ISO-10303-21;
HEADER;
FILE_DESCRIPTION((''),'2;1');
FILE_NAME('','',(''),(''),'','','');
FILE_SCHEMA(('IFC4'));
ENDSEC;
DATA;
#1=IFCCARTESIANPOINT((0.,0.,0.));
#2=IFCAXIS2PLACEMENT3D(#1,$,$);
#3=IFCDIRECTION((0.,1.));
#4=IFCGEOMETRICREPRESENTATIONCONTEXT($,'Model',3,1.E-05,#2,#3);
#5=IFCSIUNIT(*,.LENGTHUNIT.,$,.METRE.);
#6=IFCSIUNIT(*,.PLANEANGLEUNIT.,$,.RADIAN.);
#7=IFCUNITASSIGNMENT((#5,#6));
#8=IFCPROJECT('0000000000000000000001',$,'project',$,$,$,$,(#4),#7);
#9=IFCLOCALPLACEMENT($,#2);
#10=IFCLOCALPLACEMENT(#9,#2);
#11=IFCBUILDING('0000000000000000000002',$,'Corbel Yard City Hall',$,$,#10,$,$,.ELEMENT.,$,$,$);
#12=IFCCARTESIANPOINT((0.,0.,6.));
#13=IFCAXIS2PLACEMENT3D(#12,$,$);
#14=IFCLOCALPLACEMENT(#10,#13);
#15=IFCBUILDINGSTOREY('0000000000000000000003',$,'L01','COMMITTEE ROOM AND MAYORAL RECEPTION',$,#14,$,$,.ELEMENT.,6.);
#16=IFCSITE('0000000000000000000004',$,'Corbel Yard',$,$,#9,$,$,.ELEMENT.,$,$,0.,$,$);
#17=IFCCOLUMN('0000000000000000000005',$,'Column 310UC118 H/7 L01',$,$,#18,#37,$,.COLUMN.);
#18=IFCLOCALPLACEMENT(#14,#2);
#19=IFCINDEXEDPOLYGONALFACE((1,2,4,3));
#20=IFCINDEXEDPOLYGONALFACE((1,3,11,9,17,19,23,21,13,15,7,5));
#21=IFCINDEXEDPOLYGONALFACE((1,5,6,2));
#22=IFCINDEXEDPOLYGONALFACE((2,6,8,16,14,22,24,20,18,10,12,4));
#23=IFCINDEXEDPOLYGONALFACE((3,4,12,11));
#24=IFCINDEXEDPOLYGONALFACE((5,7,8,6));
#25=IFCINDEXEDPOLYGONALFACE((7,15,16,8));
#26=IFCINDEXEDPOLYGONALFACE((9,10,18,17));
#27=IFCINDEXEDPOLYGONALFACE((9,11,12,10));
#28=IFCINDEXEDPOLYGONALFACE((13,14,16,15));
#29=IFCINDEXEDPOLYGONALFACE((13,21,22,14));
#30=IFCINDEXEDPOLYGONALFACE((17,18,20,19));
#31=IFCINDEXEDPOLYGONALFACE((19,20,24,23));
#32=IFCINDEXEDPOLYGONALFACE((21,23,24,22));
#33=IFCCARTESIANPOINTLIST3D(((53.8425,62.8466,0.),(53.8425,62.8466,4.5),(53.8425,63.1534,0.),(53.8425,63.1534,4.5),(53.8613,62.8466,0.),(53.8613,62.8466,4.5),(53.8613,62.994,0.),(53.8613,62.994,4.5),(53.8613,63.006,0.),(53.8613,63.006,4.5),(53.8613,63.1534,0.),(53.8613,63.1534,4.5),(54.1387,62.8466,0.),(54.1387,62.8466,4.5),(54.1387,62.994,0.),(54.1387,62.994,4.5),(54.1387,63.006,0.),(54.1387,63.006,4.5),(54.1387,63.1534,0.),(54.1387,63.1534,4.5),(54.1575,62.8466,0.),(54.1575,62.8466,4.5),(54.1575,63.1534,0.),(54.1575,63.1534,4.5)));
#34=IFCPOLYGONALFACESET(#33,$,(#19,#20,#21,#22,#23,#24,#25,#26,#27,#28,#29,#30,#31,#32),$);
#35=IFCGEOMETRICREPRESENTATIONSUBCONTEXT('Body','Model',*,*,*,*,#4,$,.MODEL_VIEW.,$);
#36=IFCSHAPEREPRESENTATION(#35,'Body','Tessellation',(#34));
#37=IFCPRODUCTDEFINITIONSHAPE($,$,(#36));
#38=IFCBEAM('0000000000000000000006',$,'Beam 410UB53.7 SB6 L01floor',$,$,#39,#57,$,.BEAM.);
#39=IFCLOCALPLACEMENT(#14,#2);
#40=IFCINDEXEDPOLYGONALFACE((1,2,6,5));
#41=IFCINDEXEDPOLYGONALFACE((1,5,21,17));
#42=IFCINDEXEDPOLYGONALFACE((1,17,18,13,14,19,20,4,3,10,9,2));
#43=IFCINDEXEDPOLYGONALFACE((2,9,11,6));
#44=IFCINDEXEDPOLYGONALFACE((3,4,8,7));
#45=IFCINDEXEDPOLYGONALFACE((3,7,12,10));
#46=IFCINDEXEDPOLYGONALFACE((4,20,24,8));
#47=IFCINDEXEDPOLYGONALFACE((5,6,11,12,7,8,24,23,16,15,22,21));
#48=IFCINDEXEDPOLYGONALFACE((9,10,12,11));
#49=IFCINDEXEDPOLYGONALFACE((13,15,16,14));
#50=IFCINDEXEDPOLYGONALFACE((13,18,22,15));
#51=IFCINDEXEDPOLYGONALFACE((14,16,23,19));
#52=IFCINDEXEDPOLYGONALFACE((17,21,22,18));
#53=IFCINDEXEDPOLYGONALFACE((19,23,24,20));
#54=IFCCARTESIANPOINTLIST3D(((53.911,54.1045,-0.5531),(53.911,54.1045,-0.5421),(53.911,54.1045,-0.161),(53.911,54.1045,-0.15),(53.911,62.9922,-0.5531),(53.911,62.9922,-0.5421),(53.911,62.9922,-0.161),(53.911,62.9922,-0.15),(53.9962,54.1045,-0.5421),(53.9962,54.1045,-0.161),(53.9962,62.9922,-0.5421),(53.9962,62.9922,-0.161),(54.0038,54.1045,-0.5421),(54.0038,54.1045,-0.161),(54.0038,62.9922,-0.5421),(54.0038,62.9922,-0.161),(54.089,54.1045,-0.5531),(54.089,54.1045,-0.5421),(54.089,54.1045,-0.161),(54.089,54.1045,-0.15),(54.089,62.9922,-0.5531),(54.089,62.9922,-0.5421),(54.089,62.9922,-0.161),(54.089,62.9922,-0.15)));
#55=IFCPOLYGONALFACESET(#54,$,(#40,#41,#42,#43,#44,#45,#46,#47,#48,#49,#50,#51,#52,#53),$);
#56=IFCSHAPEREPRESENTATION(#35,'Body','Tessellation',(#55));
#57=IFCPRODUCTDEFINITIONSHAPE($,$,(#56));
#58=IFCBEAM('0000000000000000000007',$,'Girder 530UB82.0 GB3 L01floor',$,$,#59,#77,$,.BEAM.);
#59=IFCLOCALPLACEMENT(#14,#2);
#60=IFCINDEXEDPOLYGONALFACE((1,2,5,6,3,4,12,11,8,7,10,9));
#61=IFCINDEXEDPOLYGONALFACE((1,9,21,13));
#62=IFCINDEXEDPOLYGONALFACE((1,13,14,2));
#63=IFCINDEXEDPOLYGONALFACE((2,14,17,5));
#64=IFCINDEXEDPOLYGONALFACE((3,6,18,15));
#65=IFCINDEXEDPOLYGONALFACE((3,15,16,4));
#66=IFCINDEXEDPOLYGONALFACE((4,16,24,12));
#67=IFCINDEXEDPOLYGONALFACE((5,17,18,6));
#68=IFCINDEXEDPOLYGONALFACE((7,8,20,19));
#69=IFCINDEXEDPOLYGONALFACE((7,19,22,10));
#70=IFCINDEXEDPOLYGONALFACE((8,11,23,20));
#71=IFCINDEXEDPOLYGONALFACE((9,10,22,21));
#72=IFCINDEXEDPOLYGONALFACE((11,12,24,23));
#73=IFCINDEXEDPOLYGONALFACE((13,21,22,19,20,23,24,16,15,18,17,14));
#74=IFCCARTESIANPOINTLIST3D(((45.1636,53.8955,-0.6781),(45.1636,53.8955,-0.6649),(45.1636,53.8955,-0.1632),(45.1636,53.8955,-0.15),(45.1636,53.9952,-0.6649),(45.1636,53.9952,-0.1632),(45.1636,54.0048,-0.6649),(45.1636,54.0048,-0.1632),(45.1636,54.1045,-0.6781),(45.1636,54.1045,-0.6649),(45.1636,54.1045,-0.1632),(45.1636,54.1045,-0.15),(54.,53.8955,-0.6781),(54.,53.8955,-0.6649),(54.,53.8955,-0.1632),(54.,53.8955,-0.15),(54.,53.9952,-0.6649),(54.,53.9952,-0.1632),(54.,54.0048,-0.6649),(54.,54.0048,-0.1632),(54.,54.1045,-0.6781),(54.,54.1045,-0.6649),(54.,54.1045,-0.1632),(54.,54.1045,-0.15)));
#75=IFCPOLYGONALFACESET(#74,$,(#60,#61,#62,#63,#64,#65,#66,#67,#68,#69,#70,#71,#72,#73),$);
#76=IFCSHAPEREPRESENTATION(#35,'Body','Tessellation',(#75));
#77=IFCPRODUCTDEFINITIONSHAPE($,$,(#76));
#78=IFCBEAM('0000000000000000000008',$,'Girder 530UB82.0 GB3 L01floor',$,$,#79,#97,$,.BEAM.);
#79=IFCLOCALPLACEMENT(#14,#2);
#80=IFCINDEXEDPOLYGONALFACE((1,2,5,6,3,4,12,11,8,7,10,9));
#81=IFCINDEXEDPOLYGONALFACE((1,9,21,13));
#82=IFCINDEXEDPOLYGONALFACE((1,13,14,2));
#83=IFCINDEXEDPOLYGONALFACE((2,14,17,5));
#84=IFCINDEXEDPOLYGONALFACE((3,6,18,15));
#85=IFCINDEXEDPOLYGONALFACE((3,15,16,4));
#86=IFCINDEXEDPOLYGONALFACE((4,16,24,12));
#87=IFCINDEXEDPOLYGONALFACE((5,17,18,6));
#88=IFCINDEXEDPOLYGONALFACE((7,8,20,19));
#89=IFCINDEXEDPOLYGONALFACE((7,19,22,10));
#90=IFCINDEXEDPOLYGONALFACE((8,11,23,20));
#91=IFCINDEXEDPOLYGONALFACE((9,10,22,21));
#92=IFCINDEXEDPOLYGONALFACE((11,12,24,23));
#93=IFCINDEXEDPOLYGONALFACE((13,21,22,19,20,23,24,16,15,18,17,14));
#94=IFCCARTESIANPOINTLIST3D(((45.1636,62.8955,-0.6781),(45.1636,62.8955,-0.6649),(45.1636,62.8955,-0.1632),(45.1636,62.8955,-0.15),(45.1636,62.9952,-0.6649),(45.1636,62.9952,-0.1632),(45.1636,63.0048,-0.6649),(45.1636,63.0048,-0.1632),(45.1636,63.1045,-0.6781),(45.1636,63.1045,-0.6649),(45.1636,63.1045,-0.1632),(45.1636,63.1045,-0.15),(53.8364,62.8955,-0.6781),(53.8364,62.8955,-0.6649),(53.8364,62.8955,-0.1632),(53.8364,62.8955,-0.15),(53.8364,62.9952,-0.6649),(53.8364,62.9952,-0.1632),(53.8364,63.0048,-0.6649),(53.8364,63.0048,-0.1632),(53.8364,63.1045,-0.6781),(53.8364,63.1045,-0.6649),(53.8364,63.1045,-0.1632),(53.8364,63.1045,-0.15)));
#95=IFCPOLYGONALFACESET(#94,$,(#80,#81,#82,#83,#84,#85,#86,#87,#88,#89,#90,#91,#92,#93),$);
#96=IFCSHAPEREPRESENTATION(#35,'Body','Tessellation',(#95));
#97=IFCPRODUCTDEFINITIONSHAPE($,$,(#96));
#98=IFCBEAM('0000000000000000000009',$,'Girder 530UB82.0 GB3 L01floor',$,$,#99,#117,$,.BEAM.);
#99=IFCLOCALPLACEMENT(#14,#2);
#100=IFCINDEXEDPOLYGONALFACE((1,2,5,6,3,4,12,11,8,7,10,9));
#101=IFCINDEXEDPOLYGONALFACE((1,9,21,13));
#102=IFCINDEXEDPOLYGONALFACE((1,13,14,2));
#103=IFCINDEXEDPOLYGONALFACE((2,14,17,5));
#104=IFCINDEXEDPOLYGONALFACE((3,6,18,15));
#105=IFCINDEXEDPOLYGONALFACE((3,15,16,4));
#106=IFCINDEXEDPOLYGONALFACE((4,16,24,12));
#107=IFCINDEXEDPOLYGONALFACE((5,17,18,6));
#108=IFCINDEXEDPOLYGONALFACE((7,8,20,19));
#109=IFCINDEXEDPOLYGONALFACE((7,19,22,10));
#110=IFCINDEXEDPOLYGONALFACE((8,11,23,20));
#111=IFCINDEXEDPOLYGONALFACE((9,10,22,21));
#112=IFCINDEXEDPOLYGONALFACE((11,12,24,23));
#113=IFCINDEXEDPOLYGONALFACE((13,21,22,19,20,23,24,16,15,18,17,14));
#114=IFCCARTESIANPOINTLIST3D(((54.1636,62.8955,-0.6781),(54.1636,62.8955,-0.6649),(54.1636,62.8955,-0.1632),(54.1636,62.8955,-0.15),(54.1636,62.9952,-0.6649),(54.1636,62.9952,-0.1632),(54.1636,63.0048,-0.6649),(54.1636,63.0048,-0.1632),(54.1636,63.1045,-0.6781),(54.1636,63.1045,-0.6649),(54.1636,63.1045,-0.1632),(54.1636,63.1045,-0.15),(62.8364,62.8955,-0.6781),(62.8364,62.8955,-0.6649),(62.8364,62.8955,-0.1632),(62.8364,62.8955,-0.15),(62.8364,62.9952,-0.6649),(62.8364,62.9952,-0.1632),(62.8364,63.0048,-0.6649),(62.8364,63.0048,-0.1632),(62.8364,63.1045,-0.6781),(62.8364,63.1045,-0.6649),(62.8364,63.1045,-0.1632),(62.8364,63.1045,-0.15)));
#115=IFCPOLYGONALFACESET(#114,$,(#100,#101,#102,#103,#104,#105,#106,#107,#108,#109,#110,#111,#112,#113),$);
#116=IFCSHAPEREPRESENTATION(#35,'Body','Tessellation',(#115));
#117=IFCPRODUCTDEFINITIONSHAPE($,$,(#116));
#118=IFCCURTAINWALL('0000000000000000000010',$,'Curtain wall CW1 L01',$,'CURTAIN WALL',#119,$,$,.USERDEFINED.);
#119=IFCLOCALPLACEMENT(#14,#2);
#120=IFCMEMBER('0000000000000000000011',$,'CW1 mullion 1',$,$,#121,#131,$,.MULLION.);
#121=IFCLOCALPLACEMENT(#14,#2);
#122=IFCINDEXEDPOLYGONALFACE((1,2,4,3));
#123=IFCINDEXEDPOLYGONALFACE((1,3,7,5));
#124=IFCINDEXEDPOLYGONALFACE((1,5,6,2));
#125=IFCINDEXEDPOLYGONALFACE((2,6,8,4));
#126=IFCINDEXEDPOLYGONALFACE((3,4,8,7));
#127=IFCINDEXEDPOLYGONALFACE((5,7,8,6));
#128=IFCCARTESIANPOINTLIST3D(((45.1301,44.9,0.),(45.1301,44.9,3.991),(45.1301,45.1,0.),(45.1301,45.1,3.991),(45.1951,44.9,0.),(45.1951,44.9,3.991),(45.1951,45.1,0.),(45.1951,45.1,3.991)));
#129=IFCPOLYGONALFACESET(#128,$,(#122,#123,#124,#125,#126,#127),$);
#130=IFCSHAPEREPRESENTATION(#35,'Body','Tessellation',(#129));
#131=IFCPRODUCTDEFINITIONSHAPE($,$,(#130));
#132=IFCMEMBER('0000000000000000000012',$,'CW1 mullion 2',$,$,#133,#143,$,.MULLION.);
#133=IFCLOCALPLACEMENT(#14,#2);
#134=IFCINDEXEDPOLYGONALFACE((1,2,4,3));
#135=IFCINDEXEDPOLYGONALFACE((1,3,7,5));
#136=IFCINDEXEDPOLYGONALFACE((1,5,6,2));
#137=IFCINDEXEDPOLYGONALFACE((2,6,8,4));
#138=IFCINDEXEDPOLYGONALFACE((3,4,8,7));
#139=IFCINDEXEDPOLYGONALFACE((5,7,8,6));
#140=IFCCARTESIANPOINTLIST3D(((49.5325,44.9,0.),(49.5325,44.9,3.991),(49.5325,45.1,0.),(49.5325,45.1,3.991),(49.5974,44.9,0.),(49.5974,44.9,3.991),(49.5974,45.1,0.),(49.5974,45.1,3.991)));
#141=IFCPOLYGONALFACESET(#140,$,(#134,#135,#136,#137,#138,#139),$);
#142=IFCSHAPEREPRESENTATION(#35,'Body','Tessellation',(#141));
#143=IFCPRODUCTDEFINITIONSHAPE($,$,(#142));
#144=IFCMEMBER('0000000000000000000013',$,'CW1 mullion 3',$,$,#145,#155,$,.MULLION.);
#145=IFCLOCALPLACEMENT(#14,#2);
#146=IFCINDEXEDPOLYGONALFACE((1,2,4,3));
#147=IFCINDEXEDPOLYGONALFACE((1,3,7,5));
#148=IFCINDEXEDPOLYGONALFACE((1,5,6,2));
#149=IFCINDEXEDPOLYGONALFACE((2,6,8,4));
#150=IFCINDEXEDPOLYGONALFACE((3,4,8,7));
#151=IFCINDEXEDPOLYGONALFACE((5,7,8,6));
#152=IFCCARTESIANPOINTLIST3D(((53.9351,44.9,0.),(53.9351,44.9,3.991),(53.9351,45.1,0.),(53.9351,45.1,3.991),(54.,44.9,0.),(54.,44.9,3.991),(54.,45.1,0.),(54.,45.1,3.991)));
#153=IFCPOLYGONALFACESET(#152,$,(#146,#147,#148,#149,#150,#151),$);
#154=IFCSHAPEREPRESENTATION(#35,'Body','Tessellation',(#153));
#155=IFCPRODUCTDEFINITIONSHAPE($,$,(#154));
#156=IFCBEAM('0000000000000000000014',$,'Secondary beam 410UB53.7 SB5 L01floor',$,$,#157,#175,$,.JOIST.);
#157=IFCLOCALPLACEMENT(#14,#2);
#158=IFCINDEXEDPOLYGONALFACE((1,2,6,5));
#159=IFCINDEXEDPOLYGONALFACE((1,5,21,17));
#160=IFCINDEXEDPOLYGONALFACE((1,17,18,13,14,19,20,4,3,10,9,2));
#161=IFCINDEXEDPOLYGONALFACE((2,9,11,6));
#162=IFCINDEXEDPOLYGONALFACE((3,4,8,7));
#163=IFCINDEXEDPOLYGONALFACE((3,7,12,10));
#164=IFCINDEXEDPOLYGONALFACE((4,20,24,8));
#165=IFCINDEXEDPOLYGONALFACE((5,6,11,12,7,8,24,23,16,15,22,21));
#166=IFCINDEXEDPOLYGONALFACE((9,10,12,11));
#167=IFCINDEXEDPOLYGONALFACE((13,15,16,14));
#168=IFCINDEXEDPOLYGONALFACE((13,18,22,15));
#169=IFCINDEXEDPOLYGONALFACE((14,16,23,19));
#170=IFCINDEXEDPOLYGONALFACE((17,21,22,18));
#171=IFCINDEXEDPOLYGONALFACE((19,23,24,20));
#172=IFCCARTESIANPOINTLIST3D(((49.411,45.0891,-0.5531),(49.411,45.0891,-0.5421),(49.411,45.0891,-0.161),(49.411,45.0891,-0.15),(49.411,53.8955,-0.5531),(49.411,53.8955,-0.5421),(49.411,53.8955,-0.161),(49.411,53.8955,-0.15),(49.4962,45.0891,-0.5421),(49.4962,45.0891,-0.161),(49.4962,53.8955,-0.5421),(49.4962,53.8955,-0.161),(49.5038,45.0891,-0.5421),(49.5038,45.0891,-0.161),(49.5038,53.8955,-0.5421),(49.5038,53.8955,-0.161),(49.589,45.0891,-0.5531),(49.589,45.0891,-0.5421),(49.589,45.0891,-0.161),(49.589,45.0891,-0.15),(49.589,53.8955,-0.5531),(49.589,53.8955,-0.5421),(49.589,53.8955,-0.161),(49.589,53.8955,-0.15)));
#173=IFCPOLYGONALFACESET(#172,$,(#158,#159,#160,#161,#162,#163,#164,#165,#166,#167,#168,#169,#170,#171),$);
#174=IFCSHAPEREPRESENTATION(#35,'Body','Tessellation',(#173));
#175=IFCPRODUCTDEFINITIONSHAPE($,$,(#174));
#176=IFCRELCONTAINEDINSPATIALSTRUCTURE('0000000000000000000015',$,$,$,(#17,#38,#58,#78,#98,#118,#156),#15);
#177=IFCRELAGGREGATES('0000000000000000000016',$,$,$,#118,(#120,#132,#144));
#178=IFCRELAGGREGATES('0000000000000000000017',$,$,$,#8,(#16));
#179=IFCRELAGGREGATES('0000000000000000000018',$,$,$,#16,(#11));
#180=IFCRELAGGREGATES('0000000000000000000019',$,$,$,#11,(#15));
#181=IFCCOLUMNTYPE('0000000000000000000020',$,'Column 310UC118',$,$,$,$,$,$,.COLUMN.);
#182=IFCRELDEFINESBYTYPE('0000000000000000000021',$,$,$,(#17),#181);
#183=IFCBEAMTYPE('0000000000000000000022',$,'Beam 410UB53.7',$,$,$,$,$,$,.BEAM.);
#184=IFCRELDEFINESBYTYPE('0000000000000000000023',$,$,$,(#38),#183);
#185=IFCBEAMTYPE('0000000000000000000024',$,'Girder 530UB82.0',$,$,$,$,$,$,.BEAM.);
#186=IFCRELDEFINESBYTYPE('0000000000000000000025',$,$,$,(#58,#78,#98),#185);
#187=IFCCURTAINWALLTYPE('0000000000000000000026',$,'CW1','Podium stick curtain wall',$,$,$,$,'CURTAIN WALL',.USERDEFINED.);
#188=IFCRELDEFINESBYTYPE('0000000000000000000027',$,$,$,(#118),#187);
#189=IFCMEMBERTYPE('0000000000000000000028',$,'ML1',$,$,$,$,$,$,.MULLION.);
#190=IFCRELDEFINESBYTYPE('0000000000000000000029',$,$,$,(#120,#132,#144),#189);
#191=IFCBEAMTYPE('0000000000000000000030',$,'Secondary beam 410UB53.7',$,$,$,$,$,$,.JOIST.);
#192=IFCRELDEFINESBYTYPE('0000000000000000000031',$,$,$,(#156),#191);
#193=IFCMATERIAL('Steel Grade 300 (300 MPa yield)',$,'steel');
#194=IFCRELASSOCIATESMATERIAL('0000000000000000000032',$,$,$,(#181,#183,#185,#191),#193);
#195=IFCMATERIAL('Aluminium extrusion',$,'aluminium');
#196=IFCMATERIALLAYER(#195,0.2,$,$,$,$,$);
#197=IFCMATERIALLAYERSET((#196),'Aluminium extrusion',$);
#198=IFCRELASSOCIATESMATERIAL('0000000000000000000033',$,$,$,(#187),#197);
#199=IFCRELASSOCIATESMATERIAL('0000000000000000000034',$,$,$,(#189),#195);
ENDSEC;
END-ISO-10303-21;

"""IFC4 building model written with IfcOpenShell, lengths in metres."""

from ifc_helpers import new_model, si_unit, direction, frame, origin, origin_2d, place, context, subcontext, project, spatial, rectangle, i_section, extrude, material, layer, layer_set, material_profile, profile_set, type_object, element, aggregate, save


model = new_model("IFC4")

# Units and contexts
model_context = context("Model", 3, precision=1e-05, world=origin(), true_north=direction((0.0, 1.0)))
body_context = subcontext(model_context, "Body", "Model", "MODEL_VIEW")
ifc_project = project(units=[si_unit("LENGTHUNIT", "METRE"), si_unit("PLANEANGLEUNIT", "RADIAN")], contexts=[model_context])

# Site, building, storey
site_placement = place(None, origin())
site = spatial("IfcSite", under=ifc_project, at=site_placement, Name="Corbel Yard", CompositionType="ELEMENT", RefElevation=0.0)
building_placement = place(site_placement, origin())
building = spatial("IfcBuilding", under=site, at=building_placement, Name="Corbel Yard City Hall", CompositionType="ELEMENT")
storey_placement = place(building_placement, frame((0.0, 0.0, 6.0)))
storey = spatial("IfcBuildingStorey", under=building, at=storey_placement, Name="L01", Description="COMMITTEE ROOM AND MAYORAL RECEPTION", CompositionType="ELEMENT", Elevation=6.0)

# Column
ifc_material_1 = material(Name="Steel Grade 300 (300 MPa yield)", Category="steel")
ifc_material_profile_1 = material_profile(ifc_material_1, i_section(OverallWidth=0.3069, OverallDepth=0.3149, WebThickness=0.012, FlangeThickness=0.0188, at=origin_2d()), Name="310UC118")
ifc_profile_set_1 = profile_set([ifc_material_profile_1], Name="Steel Grade 300 (300 MPa yield)")
column_type = type_object("IfcColumnType", Name="Column 310UC118", PredefinedType="COLUMN", material=ifc_profile_set_1)
column_placement = place(storey_placement, frame((54.0, 63.0, 0.0), z_axis=(0.0, 0.0, 1.0), x_axis=(0.0, 1.0, 0.0)))
element("IfcColumn", 1, at=column_placement, inside=storey, type_object=column_type, Name="Column 310UC118 H/7 L01", PredefinedType="COLUMN", context=body_context, shape_type="SweptSolid", body=[
    extrude(i_section(OverallWidth=0.3069, OverallDepth=0.3149, WebThickness=0.012, FlangeThickness=0.0188, at=origin_2d()), origin(), (0.0, 0.0, 1.0), 4.5),
])

# Beams
ifc_material_profile_2 = material_profile(ifc_material_1, i_section(OverallWidth=0.178, OverallDepth=0.4031, WebThickness=0.0076, FlangeThickness=0.011, at=origin_2d()), Name="410UB53.7")
ifc_profile_set_2 = profile_set([ifc_material_profile_2], Name="Steel Grade 300 (300 MPa yield)")
beam_type_1 = type_object("IfcBeamType", Name="Beam 410UB53.7", PredefinedType="BEAM", material=ifc_profile_set_2)
beam_1_placement = place(storey_placement, frame((54.0, 54.1045, -0.3516), z_axis=(0.0, 1.0, 0.0), x_axis=(-1.0, 0.0, 0.0)))
element("IfcBeam", 2, at=beam_1_placement, inside=storey, type_object=beam_type_1, Name="Beam 410UB53.7 SB6 L01floor", PredefinedType="BEAM", context=body_context, shape_type="SweptSolid", body=[
    extrude(i_section(OverallWidth=0.178, OverallDepth=0.4031, WebThickness=0.0076, FlangeThickness=0.011, at=origin_2d()), origin(), (0.0, 0.0, 1.0), 8.8877),
])
ifc_material_profile_3 = material_profile(ifc_material_1, i_section(OverallWidth=0.209, OverallDepth=0.5281, WebThickness=0.0095, FlangeThickness=0.0132, at=origin_2d()), Name="530UB82.0")
ifc_profile_set_3 = profile_set([ifc_material_profile_3], Name="Steel Grade 300 (300 MPa yield)")
beam_type_2 = type_object("IfcBeamType", Name="Girder 530UB82.0", PredefinedType="BEAM", material=ifc_profile_set_3)
beam_2_placement = place(storey_placement, frame((45.1636, 54.0, -0.4141), z_axis=(1.0, 0.0, 0.0), x_axis=(0.0, 1.0, 0.0)))
element("IfcBeam", 3, at=beam_2_placement, inside=storey, type_object=beam_type_2, Name="Girder 530UB82.0 GB3 L01floor", PredefinedType="BEAM", context=body_context, shape_type="SweptSolid", body=[
    extrude(i_section(OverallWidth=0.209, OverallDepth=0.5281, WebThickness=0.0095, FlangeThickness=0.0132, at=origin_2d()), origin(), (0.0, 0.0, 1.0), 8.8364),
])
for number, where, z_axis, x_axis, name in (
    (4, (45.1636, 63.0, -0.4141), (1.0, 0.0, 0.0), (0.0, 1.0, 0.0), "Girder 530UB82.0 GB3 L01floor"),
    (5, (54.1636, 63.0, -0.4141), (1.0, 0.0, 0.0), (0.0, 1.0, 0.0), "Girder 530UB82.0 GB3 L01floor"),
):
    element("IfcBeam", number, at=place(storey_placement, frame(where, z_axis=z_axis, x_axis=x_axis)), inside=storey, type_object=beam_type_2, Name=name, PredefinedType="BEAM", context=body_context, shape_type="SweptSolid", body=[
        extrude(i_section(OverallWidth=0.209, OverallDepth=0.5281, WebThickness=0.0095, FlangeThickness=0.0132, at=origin_2d()), origin(), (0.0, 0.0, 1.0), 8.6729),
    ])

# Curtain wall, members
ifc_material_2 = material(Name="Aluminium extrusion", Category="aluminium")
ifc_layer_1 = layer(ifc_material_2, 0.2)
ifc_layer_set_1 = layer_set([ifc_layer_1], Name="Aluminium extrusion")
curtain_wall_type = type_object("IfcCurtainWallType", Name="CW1", Description="Podium stick curtain wall", ElementType="CURTAIN WALL", PredefinedType="USERDEFINED", material=ifc_layer_set_1)
curtain_wall_placement = place(storey_placement, origin())
curtain_wall = element("IfcCurtainWall", 6, at=curtain_wall_placement, inside=storey, type_object=curtain_wall_type, Name="Curtain wall CW1 L01", ObjectType="CURTAIN WALL", PredefinedType="USERDEFINED")
ifc_material_profile_4 = material_profile(ifc_material_2, rectangle(XDim=0.2, YDim=0.0649, at=origin_2d()), Name="200x65")
ifc_profile_set_4 = profile_set([ifc_material_profile_4], Name="Aluminium extrusion")
member_type_1 = type_object("IfcMemberType", Name="ML1", PredefinedType="MULLION", material=ifc_profile_set_4)
member_1_placement = place(storey_placement, frame((45.1626, 45.0, 0.0), z_axis=(0.0, 0.0, 1.0), x_axis=(0.0, 1.0, 0.0)))
member_1 = element("IfcMember", 7, at=member_1_placement, type_object=member_type_1, Name="CW1 mullion 1", PredefinedType="MULLION", context=body_context, shape_type="SweptSolid", body=[
    extrude(rectangle(XDim=0.2, YDim=0.0649, at=origin_2d()), origin(), (0.0, 0.0, 1.0), 3.991),
])
member_2_placement = place(storey_placement, frame((49.5649, 45.0, 0.0), z_axis=(0.0, 0.0, 1.0), x_axis=(0.0, 1.0, 0.0)))
member_2 = element("IfcMember", 8, at=member_2_placement, type_object=member_type_1, Name="CW1 mullion 2", PredefinedType="MULLION", context=body_context, shape_type="SweptSolid", body=[
    extrude(rectangle(XDim=0.2, YDim=0.0649, at=origin_2d()), origin(), (0.0, 0.0, 1.0), 3.991),
])
member_3_placement = place(storey_placement, frame((53.9675, 45.0, 0.0), z_axis=(0.0, 0.0, 1.0), x_axis=(0.0, 1.0, 0.0)))
member_3 = element("IfcMember", 9, at=member_3_placement, type_object=member_type_1, Name="CW1 mullion 3", PredefinedType="MULLION", context=body_context, shape_type="SweptSolid", body=[
    extrude(rectangle(XDim=0.2, YDim=0.0649, at=origin_2d()), origin(), (0.0, 0.0, 1.0), 3.991),
])

# Beam
ifc_material_profile_5 = material_profile(ifc_material_1, i_section(OverallWidth=0.178, OverallDepth=0.4031, WebThickness=0.0076, FlangeThickness=0.011, at=origin_2d()), Name="410UB53.7")
ifc_profile_set_5 = profile_set([ifc_material_profile_5], Name="Steel Grade 300 (300 MPa yield)")
beam_type_3 = type_object("IfcBeamType", Name="Secondary beam 410UB53.7", PredefinedType="JOIST", material=ifc_profile_set_5)
beam_3_placement = place(storey_placement, frame((49.5, 45.0891, -0.3516), z_axis=(0.0, 1.0, 0.0), x_axis=(-1.0, 0.0, 0.0)))
element("IfcBeam", 10, at=beam_3_placement, inside=storey, type_object=beam_type_3, Name="Secondary beam 410UB53.7 SB5 L01floor", PredefinedType="JOIST", context=body_context, shape_type="SweptSolid", body=[
    extrude(i_section(OverallWidth=0.178, OverallDepth=0.4031, WebThickness=0.0076, FlangeThickness=0.011, at=origin_2d()), origin(), (0.0, 0.0, 1.0), 8.8064),
])

aggregate(curtain_wall, [member_1, member_2, member_3])

save(model, "model.ifc")
